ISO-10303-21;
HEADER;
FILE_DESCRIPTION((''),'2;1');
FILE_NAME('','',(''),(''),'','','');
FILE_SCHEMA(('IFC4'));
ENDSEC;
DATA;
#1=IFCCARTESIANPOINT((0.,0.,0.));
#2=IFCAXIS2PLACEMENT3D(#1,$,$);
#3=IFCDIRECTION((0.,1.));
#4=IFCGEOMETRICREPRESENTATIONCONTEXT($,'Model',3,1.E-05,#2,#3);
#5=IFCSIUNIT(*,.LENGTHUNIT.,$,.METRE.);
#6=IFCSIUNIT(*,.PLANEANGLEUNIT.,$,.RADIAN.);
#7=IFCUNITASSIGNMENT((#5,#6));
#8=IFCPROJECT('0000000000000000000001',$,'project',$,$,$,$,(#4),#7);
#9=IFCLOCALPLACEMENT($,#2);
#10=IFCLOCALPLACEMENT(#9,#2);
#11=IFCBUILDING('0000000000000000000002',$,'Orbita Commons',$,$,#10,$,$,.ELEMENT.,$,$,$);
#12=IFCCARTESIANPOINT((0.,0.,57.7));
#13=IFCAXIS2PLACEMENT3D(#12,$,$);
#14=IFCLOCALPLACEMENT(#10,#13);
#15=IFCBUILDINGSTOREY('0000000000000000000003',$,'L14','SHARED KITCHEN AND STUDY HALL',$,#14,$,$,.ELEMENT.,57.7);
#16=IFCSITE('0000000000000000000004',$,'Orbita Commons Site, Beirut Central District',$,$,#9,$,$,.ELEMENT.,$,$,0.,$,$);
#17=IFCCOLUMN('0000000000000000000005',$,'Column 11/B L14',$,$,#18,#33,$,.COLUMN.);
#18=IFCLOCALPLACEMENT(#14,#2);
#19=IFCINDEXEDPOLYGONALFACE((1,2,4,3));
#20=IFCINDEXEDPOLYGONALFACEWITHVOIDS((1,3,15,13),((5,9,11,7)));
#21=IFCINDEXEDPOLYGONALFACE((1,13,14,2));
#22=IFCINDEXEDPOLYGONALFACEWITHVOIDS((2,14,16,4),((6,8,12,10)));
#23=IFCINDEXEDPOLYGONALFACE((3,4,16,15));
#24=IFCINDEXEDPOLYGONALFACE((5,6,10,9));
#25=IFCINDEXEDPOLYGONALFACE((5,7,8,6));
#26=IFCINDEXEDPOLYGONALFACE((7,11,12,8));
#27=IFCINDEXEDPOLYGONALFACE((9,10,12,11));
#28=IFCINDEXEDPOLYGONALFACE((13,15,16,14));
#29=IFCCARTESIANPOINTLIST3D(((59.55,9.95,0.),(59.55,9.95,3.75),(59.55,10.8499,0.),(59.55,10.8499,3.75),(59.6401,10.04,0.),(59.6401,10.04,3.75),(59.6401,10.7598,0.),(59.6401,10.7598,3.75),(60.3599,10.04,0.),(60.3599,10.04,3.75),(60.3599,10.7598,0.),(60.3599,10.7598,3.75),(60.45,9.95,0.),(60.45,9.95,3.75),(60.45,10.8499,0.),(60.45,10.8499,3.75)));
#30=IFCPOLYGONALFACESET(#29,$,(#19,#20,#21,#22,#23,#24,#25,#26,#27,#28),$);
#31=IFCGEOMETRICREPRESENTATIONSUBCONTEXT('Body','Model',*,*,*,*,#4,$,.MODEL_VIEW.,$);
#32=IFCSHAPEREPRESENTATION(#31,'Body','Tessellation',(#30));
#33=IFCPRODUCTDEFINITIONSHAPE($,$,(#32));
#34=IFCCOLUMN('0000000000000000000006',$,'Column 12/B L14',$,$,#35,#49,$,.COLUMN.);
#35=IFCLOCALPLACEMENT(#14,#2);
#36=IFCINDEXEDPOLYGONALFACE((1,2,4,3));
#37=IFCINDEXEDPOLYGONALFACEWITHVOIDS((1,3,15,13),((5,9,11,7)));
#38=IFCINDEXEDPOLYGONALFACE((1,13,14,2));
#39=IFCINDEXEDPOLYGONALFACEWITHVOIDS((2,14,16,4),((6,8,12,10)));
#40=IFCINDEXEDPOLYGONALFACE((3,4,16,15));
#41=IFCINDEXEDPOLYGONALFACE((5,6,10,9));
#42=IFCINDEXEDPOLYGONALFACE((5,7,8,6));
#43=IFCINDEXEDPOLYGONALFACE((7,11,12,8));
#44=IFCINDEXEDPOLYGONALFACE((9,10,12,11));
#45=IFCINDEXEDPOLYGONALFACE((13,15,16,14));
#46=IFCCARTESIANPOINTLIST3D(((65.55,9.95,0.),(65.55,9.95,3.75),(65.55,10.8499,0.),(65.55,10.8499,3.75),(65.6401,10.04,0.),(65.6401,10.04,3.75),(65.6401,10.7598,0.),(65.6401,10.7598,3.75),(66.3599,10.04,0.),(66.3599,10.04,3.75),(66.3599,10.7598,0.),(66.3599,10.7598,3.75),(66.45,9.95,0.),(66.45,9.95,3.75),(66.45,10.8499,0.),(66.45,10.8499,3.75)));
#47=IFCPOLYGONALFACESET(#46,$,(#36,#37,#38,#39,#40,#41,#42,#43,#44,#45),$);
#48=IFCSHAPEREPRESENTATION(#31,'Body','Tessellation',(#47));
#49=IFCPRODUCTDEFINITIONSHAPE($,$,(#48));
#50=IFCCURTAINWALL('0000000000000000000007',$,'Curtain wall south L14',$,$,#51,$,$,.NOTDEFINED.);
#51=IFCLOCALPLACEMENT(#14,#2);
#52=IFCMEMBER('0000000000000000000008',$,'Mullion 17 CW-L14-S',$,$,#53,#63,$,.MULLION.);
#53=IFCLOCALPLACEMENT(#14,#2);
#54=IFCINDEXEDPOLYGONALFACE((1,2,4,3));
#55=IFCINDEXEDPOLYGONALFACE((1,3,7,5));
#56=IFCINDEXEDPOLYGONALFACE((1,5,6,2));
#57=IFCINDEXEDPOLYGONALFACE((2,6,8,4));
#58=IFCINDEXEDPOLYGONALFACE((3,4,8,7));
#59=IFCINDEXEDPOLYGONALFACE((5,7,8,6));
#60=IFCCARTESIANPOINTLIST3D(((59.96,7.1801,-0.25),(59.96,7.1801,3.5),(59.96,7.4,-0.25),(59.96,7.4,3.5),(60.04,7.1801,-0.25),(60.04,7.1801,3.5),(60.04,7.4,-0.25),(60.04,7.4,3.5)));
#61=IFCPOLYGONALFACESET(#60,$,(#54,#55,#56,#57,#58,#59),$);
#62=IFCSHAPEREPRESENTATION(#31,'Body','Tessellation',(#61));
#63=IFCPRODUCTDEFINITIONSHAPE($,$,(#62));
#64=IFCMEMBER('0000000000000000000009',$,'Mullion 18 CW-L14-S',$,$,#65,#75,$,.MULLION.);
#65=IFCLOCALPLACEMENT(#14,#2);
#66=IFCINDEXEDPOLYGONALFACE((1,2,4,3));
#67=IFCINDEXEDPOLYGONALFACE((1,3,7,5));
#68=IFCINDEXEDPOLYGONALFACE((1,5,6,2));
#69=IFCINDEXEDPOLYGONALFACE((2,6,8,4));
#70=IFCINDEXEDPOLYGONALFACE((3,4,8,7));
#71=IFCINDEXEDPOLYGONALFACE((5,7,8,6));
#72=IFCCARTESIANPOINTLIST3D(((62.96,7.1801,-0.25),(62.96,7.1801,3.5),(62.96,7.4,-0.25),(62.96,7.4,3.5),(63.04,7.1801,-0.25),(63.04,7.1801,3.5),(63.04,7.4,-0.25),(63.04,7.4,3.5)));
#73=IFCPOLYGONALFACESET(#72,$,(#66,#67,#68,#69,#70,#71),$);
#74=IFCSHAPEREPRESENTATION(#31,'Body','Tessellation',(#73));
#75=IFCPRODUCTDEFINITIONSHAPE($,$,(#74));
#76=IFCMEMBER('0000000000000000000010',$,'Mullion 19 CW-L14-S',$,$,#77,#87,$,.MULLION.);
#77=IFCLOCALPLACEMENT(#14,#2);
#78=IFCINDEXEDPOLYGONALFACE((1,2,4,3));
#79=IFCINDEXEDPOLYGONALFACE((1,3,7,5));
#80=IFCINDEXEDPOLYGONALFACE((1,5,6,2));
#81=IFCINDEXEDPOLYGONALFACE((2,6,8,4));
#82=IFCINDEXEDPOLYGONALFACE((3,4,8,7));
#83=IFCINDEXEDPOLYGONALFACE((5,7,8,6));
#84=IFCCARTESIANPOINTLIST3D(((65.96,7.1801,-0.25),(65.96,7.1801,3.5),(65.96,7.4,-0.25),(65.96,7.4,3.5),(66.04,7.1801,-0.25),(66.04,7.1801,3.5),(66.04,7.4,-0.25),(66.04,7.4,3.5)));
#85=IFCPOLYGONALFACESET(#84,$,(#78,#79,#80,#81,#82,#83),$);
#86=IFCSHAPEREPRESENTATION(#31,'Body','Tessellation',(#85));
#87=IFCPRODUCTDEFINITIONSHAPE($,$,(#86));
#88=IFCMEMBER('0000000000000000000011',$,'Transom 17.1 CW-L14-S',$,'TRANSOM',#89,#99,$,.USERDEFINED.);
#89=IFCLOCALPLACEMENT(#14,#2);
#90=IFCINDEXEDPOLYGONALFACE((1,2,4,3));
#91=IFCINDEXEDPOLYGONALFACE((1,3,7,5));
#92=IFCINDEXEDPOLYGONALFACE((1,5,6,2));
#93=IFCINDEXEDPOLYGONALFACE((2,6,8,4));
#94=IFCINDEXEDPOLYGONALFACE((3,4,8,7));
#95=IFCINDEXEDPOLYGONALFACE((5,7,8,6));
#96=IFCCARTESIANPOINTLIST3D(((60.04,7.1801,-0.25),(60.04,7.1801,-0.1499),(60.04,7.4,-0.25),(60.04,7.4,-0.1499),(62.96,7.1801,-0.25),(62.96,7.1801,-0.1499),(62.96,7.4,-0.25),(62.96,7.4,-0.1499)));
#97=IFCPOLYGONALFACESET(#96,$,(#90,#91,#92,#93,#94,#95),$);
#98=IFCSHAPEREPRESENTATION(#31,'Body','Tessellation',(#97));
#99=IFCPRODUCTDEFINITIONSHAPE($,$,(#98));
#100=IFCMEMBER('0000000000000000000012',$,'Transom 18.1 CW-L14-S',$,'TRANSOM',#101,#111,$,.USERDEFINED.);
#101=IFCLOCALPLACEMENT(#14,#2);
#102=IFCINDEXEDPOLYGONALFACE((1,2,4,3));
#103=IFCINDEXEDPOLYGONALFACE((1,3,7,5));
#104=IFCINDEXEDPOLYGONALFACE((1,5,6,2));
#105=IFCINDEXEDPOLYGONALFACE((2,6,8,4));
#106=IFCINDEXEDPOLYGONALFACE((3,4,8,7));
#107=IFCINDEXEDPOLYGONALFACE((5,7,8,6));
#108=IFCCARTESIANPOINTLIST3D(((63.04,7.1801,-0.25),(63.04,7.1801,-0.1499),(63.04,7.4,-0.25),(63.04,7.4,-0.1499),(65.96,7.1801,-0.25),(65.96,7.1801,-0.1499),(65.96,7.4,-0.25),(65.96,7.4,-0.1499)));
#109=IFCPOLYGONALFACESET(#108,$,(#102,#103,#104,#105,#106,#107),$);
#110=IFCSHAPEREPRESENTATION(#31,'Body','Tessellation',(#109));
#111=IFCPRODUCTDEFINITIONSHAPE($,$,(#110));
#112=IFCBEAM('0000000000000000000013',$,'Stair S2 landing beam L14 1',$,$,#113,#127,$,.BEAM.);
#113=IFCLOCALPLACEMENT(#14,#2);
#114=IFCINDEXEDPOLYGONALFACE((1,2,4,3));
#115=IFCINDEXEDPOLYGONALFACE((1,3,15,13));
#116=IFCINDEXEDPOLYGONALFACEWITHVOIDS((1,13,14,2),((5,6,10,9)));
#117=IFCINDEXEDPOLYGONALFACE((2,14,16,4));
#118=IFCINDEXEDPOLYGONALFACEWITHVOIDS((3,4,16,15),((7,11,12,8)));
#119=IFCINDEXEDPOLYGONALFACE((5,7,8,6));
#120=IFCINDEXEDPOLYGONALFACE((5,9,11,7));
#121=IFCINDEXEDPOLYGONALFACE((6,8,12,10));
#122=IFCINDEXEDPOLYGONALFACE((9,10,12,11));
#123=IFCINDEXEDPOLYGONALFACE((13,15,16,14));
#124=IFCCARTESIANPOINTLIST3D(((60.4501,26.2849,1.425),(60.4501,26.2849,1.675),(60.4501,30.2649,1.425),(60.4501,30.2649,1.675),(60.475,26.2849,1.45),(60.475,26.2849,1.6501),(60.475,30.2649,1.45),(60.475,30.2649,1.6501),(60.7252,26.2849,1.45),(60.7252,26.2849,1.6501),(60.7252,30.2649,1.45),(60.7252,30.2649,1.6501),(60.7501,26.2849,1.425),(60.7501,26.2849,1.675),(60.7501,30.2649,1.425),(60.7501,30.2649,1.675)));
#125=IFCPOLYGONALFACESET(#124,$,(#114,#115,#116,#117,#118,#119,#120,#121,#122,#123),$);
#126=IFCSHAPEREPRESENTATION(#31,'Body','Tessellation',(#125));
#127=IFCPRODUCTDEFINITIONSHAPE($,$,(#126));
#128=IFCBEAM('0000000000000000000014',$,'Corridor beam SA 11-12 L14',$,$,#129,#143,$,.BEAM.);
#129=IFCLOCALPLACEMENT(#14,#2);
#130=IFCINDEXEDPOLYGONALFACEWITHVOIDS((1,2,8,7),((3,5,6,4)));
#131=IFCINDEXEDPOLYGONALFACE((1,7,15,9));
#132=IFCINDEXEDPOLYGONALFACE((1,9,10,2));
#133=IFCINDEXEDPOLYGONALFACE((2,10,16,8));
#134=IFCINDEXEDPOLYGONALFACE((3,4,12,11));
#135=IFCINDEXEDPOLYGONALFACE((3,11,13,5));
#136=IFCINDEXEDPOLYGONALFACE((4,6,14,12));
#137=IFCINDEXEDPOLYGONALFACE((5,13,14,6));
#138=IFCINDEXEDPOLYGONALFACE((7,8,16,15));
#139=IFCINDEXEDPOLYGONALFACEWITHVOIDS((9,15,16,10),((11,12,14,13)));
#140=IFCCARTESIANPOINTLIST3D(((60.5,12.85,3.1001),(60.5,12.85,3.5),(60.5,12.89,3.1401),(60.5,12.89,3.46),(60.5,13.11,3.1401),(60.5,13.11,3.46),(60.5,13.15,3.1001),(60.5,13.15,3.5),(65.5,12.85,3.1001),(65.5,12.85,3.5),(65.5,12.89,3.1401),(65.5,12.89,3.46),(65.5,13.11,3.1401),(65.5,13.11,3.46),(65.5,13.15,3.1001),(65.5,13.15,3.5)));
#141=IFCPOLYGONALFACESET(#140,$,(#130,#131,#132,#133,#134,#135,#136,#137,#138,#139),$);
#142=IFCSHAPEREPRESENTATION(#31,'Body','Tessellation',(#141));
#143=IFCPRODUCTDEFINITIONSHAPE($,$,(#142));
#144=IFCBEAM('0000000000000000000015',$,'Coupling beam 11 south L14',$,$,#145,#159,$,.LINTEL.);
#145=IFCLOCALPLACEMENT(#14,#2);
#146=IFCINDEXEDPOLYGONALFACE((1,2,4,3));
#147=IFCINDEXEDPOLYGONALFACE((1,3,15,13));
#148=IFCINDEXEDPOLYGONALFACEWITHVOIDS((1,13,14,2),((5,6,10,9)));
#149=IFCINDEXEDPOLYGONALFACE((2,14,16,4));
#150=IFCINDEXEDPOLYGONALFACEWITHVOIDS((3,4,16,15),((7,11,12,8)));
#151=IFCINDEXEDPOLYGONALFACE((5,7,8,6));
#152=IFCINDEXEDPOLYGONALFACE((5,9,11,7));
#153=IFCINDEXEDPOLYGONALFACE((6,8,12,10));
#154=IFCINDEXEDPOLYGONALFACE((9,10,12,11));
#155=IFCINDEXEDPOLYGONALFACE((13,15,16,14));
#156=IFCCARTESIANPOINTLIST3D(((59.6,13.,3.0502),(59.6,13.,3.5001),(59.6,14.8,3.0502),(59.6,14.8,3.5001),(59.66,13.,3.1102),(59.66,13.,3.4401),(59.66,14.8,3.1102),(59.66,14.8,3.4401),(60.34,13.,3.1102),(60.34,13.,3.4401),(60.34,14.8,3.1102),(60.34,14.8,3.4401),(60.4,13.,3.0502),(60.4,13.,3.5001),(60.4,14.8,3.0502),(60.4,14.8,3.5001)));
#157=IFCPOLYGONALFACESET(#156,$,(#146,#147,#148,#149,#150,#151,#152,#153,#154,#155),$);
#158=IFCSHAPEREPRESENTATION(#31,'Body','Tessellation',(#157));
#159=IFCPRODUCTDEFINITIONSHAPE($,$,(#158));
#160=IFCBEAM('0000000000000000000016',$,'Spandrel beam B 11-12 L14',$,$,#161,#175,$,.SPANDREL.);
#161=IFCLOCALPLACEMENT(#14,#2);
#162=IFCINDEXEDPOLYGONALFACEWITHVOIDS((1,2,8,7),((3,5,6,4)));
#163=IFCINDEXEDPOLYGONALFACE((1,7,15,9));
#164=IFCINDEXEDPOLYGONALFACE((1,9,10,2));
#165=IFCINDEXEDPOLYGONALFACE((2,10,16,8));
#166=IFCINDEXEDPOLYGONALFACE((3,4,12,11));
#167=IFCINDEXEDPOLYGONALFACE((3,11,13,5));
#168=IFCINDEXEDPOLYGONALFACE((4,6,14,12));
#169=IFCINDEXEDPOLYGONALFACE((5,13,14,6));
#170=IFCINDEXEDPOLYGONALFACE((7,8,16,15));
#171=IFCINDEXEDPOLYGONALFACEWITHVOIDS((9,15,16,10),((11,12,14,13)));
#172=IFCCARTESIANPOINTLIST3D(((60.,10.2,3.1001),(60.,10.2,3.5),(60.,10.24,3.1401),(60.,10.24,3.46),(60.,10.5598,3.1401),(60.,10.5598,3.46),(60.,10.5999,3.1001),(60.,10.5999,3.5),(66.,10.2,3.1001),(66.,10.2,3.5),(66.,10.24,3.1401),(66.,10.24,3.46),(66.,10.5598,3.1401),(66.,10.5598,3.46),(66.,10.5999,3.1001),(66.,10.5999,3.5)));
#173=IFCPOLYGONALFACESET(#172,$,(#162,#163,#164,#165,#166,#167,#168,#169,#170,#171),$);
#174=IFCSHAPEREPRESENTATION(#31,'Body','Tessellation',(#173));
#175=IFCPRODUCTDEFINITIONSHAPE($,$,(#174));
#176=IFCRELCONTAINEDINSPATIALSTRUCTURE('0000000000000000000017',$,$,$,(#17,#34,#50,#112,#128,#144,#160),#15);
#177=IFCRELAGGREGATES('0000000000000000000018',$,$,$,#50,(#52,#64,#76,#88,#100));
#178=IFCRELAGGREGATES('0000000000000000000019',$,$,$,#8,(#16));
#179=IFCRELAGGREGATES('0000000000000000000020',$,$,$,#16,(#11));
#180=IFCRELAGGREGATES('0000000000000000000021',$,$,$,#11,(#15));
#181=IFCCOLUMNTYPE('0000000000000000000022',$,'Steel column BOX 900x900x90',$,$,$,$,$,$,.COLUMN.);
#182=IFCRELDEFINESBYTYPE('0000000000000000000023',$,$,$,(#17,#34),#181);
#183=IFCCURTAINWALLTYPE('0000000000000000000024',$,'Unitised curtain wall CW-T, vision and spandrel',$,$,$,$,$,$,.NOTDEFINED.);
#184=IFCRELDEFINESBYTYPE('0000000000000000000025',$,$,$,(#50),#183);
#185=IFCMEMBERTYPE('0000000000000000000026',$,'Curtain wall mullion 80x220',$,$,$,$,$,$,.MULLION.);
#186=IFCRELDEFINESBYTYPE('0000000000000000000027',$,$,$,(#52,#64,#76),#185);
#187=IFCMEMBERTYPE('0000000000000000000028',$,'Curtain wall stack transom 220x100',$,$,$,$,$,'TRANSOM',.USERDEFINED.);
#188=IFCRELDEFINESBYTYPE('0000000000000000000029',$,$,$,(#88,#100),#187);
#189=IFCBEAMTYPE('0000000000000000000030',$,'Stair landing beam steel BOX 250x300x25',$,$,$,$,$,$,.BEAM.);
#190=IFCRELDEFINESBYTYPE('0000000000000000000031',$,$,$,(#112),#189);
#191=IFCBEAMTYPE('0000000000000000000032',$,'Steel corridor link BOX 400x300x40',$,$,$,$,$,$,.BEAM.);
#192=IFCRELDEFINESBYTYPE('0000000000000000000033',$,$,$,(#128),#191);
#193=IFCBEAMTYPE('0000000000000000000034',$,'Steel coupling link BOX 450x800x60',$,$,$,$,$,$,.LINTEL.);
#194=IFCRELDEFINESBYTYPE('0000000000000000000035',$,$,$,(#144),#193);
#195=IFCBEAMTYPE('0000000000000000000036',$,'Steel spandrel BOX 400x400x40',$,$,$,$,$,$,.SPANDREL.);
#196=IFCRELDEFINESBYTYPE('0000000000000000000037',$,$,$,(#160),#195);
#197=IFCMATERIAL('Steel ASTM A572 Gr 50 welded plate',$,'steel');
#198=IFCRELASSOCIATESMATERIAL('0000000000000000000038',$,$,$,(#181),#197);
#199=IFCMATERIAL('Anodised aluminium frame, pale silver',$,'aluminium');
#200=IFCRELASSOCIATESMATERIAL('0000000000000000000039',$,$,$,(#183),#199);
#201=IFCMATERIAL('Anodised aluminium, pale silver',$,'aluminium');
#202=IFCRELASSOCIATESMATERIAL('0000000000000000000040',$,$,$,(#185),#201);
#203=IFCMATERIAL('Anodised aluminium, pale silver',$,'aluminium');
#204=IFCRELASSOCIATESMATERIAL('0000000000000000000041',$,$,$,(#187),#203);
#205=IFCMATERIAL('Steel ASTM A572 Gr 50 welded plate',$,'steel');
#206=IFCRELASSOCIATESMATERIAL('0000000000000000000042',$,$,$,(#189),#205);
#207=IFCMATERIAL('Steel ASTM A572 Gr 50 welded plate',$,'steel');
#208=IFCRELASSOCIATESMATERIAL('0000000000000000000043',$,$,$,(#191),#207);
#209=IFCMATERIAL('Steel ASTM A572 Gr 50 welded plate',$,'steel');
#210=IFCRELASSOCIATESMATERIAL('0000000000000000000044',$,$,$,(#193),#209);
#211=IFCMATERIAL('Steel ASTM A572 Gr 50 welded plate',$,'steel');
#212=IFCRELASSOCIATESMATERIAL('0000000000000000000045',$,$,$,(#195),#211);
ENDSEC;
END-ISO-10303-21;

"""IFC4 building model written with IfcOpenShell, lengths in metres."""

from ifc_helpers import new_model, si_unit, direction, frame, origin, origin_2d, place, context, subcontext, project, spatial, rectangle, hollow_rectangle, extrude, material, material_profile, profile_set, type_object, element, aggregate, save


model = new_model("IFC4")

# Units and contexts
model_context = context("Model", 3, precision=1e-05, world=origin(), true_north=direction((0.0, 1.0)))
body_context = subcontext(model_context, "Body", "Model", "MODEL_VIEW")
ifc_project = project(units=[si_unit("LENGTHUNIT", "METRE"), si_unit("PLANEANGLEUNIT", "RADIAN")], contexts=[model_context])

# Site, building, storey
site_placement = place(None, origin())
site = spatial("IfcSite", under=ifc_project, at=site_placement, Name="Orbita Commons Site, Beirut Central District", CompositionType="ELEMENT", RefElevation=0.0)
building_placement = place(site_placement, origin())
building = spatial("IfcBuilding", under=site, at=building_placement, Name="Orbita Commons", CompositionType="ELEMENT")
storey_placement = place(building_placement, frame((0.0, 0.0, 57.7)))
storey = spatial("IfcBuildingStorey", under=building, at=storey_placement, Name="L14", Description="SHARED KITCHEN AND STUDY HALL", CompositionType="ELEMENT", Elevation=57.7)

# Columns
ifc_material_1 = material(Name="Steel ASTM A572 Gr 50 welded plate", Category="steel")
ifc_material_profile_1 = material_profile(ifc_material_1, hollow_rectangle(XDim=0.8999, YDim=0.8999, WallThickness=0.0901, at=origin_2d()), Name="BOX 900x900x90")
ifc_profile_set_1 = profile_set([ifc_material_profile_1], Name="Steel ASTM A572 Gr 50 welded plate")
column_type = type_object("IfcColumnType", Name="Steel column BOX 900x900x90", PredefinedType="COLUMN", material=ifc_profile_set_1)
for number, where, z_axis, x_axis, name in (
    (1, (60.0, 10.3999, 0.0), (0.0, 0.0, 1.0), (1.0, 0.0, 0.0), "Column 11/B L14"),
    (2, (66.0, 10.3999, 0.0), (0.0, 0.0, 1.0), (1.0, 0.0, 0.0), "Column 12/B L14"),
):
    element("IfcColumn", number, at=place(storey_placement, frame(where, z_axis=z_axis, x_axis=x_axis)), inside=storey, type_object=column_type, Name=name, PredefinedType="COLUMN", context=body_context, shape_type="SweptSolid", body=[
        extrude(hollow_rectangle(XDim=0.8999, YDim=0.8999, WallThickness=0.0901, at=origin_2d()), origin(), (0.0, 0.0, 1.0), 3.75),
    ])

# Curtain wall, members
ifc_material_2 = material(Name="Anodised aluminium frame, pale silver", Category="aluminium")
curtain_wall_type = type_object("IfcCurtainWallType", Name="Unitised curtain wall CW-T, vision and spandrel", PredefinedType="NOTDEFINED", material=ifc_material_2)
curtain_wall_placement = place(storey_placement, origin())
curtain_wall = element("IfcCurtainWall", 3, at=curtain_wall_placement, inside=storey, type_object=curtain_wall_type, Name="Curtain wall south L14", PredefinedType="NOTDEFINED")
ifc_material_3 = material(Name="Anodised aluminium, pale silver", Category="aluminium")
ifc_material_profile_2 = material_profile(ifc_material_3, rectangle(XDim=0.0801, YDim=0.22, at=origin_2d()), Name="AL 80x220")
ifc_profile_set_2 = profile_set([ifc_material_profile_2], Name="Anodised aluminium, pale silver")
member_type_1 = type_object("IfcMemberType", Name="Curtain wall mullion 80x220", PredefinedType="MULLION", material=ifc_profile_set_2)
member_1_placement = place(storey_placement, frame((60.0, 7.29, -0.25), z_axis=(0.0, 0.0, 1.0), x_axis=(1.0, 0.0, 0.0)))
member_1 = element("IfcMember", 4, at=member_1_placement, type_object=member_type_1, Name="Mullion 17 CW-L14-S", PredefinedType="MULLION", context=body_context, shape_type="SweptSolid", body=[
    extrude(rectangle(XDim=0.0801, YDim=0.22, at=origin_2d()), origin(), (0.0, 0.0, 1.0), 3.75),
])
member_2_placement = place(storey_placement, frame((63.0, 7.29, -0.25), z_axis=(0.0, 0.0, 1.0), x_axis=(1.0, 0.0, 0.0)))
member_2 = element("IfcMember", 5, at=member_2_placement, type_object=member_type_1, Name="Mullion 18 CW-L14-S", PredefinedType="MULLION", context=body_context, shape_type="SweptSolid", body=[
    extrude(rectangle(XDim=0.0801, YDim=0.22, at=origin_2d()), origin(), (0.0, 0.0, 1.0), 3.75),
])
member_3_placement = place(storey_placement, frame((66.0, 7.29, -0.25), z_axis=(0.0, 0.0, 1.0), x_axis=(1.0, 0.0, 0.0)))
member_3 = element("IfcMember", 6, at=member_3_placement, type_object=member_type_1, Name="Mullion 19 CW-L14-S", PredefinedType="MULLION", context=body_context, shape_type="SweptSolid", body=[
    extrude(rectangle(XDim=0.0801, YDim=0.22, at=origin_2d()), origin(), (0.0, 0.0, 1.0), 3.75),
])
ifc_material_4 = material(Name="Anodised aluminium, pale silver", Category="aluminium")
ifc_material_profile_3 = material_profile(ifc_material_4, rectangle(XDim=0.22, YDim=0.1001, at=origin_2d()), Name="AL 220x100")
ifc_profile_set_3 = profile_set([ifc_material_profile_3], Name="Anodised aluminium, pale silver")
member_type_2 = type_object("IfcMemberType", Name="Curtain wall stack transom 220x100", ElementType="TRANSOM", PredefinedType="USERDEFINED", material=ifc_profile_set_3)
member_4_placement = place(storey_placement, frame((60.04, 7.29, -0.2), z_axis=(1.0, 0.0, 0.0), x_axis=(0.0, 1.0, 0.0)))
member_4 = element("IfcMember", 7, at=member_4_placement, type_object=member_type_2, Name="Transom 17.1 CW-L14-S", ObjectType="TRANSOM", PredefinedType="USERDEFINED", context=body_context, shape_type="SweptSolid", body=[
    extrude(rectangle(XDim=0.22, YDim=0.1001, at=origin_2d()), origin(), (0.0, 0.0, 1.0), 2.9199),
])
member_5_placement = place(storey_placement, frame((63.04, 7.29, -0.2), z_axis=(1.0, 0.0, 0.0), x_axis=(0.0, 1.0, 0.0)))
member_5 = element("IfcMember", 8, at=member_5_placement, type_object=member_type_2, Name="Transom 18.1 CW-L14-S", ObjectType="TRANSOM", PredefinedType="USERDEFINED", context=body_context, shape_type="SweptSolid", body=[
    extrude(rectangle(XDim=0.22, YDim=0.1001, at=origin_2d()), origin(), (0.0, 0.0, 1.0), 2.9199),
])

# Beams
ifc_material_5 = material(Name="Steel ASTM A572 Gr 50 welded plate", Category="steel")
ifc_material_profile_4 = material_profile(ifc_material_5, hollow_rectangle(XDim=0.3, YDim=0.25, WallThickness=0.0249, at=origin_2d()), Name="BOX 250x300x25")
ifc_profile_set_4 = profile_set([ifc_material_profile_4], Name="Steel ASTM A572 Gr 50 welded plate")
beam_type_1 = type_object("IfcBeamType", Name="Stair landing beam steel BOX 250x300x25", PredefinedType="BEAM", material=ifc_profile_set_4)
beam_1_placement = place(storey_placement, frame((60.6001, 26.2849, 1.55), z_axis=(0.0, 1.0, 0.0), x_axis=(-1.0, 0.0, 0.0)))
element("IfcBeam", 9, at=beam_1_placement, inside=storey, type_object=beam_type_1, Name="Stair S2 landing beam L14 1", PredefinedType="BEAM", context=body_context, shape_type="SweptSolid", body=[
    extrude(hollow_rectangle(XDim=0.3, YDim=0.25, WallThickness=0.0249, at=origin_2d()), origin(), (0.0, 0.0, 1.0), 3.98),
])
ifc_material_6 = material(Name="Steel ASTM A572 Gr 50 welded plate", Category="steel")
ifc_material_profile_5 = material_profile(ifc_material_6, hollow_rectangle(XDim=0.3, YDim=0.3999, WallThickness=0.04, at=origin_2d()), Name="BOX 400x300x40")
ifc_profile_set_5 = profile_set([ifc_material_profile_5], Name="Steel ASTM A572 Gr 50 welded plate")
beam_type_2 = type_object("IfcBeamType", Name="Steel corridor link BOX 400x300x40", PredefinedType="BEAM", material=ifc_profile_set_5)
beam_2_placement = place(storey_placement, frame((60.5, 13.0, 3.3), z_axis=(1.0, 0.0, 0.0), x_axis=(0.0, 1.0, 0.0)))
element("IfcBeam", 10, at=beam_2_placement, inside=storey, type_object=beam_type_2, Name="Corridor beam SA 11-12 L14", PredefinedType="BEAM", context=body_context, shape_type="SweptSolid", body=[
    extrude(hollow_rectangle(XDim=0.3, YDim=0.3999, WallThickness=0.04, at=origin_2d()), origin(), (0.0, 0.0, 1.0), 5.0),
])
ifc_material_7 = material(Name="Steel ASTM A572 Gr 50 welded plate", Category="steel")
ifc_material_profile_6 = material_profile(ifc_material_7, hollow_rectangle(XDim=0.8, YDim=0.45, WallThickness=0.0601, at=origin_2d()), Name="BOX 450x800x60")
ifc_profile_set_6 = profile_set([ifc_material_profile_6], Name="Steel ASTM A572 Gr 50 welded plate")
beam_type_3 = type_object("IfcBeamType", Name="Steel coupling link BOX 450x800x60", PredefinedType="LINTEL", material=ifc_profile_set_6)
beam_3_placement = place(storey_placement, frame((60.0, 13.0, 3.2751), z_axis=(0.0, 1.0, 0.0), x_axis=(-1.0, 0.0, 0.0)))
element("IfcBeam", 11, at=beam_3_placement, inside=storey, type_object=beam_type_3, Name="Coupling beam 11 south L14", PredefinedType="LINTEL", context=body_context, shape_type="SweptSolid", body=[
    extrude(hollow_rectangle(XDim=0.8, YDim=0.45, WallThickness=0.0601, at=origin_2d()), origin(), (0.0, 0.0, 1.0), 1.8),
])
ifc_material_8 = material(Name="Steel ASTM A572 Gr 50 welded plate", Category="steel")
ifc_material_profile_7 = material_profile(ifc_material_8, hollow_rectangle(XDim=0.3999, YDim=0.3999, WallThickness=0.04, at=origin_2d()), Name="BOX 400x400x40")
ifc_profile_set_7 = profile_set([ifc_material_profile_7], Name="Steel ASTM A572 Gr 50 welded plate")
beam_type_4 = type_object("IfcBeamType", Name="Steel spandrel BOX 400x400x40", PredefinedType="SPANDREL", material=ifc_profile_set_7)
for number, where, z_axis, x_axis, name in (
    (12, (60.0, 10.3999, 3.3), (1.0, 0.0, 0.0), (0.0, 1.0, 0.0), "Spandrel beam B 11-12 L14"),
):
    element("IfcBeam", number, at=place(storey_placement, frame(where, z_axis=z_axis, x_axis=x_axis)), inside=storey, type_object=beam_type_4, Name=name, PredefinedType="SPANDREL", context=body_context, shape_type="SweptSolid", body=[
        extrude(hollow_rectangle(XDim=0.3999, YDim=0.3999, WallThickness=0.04, at=origin_2d()), origin(), (0.0, 0.0, 1.0), 6.0),
    ])

aggregate(curtain_wall, [member_1, member_2, member_3, member_4, member_5])

save(model, "model.ifc")
